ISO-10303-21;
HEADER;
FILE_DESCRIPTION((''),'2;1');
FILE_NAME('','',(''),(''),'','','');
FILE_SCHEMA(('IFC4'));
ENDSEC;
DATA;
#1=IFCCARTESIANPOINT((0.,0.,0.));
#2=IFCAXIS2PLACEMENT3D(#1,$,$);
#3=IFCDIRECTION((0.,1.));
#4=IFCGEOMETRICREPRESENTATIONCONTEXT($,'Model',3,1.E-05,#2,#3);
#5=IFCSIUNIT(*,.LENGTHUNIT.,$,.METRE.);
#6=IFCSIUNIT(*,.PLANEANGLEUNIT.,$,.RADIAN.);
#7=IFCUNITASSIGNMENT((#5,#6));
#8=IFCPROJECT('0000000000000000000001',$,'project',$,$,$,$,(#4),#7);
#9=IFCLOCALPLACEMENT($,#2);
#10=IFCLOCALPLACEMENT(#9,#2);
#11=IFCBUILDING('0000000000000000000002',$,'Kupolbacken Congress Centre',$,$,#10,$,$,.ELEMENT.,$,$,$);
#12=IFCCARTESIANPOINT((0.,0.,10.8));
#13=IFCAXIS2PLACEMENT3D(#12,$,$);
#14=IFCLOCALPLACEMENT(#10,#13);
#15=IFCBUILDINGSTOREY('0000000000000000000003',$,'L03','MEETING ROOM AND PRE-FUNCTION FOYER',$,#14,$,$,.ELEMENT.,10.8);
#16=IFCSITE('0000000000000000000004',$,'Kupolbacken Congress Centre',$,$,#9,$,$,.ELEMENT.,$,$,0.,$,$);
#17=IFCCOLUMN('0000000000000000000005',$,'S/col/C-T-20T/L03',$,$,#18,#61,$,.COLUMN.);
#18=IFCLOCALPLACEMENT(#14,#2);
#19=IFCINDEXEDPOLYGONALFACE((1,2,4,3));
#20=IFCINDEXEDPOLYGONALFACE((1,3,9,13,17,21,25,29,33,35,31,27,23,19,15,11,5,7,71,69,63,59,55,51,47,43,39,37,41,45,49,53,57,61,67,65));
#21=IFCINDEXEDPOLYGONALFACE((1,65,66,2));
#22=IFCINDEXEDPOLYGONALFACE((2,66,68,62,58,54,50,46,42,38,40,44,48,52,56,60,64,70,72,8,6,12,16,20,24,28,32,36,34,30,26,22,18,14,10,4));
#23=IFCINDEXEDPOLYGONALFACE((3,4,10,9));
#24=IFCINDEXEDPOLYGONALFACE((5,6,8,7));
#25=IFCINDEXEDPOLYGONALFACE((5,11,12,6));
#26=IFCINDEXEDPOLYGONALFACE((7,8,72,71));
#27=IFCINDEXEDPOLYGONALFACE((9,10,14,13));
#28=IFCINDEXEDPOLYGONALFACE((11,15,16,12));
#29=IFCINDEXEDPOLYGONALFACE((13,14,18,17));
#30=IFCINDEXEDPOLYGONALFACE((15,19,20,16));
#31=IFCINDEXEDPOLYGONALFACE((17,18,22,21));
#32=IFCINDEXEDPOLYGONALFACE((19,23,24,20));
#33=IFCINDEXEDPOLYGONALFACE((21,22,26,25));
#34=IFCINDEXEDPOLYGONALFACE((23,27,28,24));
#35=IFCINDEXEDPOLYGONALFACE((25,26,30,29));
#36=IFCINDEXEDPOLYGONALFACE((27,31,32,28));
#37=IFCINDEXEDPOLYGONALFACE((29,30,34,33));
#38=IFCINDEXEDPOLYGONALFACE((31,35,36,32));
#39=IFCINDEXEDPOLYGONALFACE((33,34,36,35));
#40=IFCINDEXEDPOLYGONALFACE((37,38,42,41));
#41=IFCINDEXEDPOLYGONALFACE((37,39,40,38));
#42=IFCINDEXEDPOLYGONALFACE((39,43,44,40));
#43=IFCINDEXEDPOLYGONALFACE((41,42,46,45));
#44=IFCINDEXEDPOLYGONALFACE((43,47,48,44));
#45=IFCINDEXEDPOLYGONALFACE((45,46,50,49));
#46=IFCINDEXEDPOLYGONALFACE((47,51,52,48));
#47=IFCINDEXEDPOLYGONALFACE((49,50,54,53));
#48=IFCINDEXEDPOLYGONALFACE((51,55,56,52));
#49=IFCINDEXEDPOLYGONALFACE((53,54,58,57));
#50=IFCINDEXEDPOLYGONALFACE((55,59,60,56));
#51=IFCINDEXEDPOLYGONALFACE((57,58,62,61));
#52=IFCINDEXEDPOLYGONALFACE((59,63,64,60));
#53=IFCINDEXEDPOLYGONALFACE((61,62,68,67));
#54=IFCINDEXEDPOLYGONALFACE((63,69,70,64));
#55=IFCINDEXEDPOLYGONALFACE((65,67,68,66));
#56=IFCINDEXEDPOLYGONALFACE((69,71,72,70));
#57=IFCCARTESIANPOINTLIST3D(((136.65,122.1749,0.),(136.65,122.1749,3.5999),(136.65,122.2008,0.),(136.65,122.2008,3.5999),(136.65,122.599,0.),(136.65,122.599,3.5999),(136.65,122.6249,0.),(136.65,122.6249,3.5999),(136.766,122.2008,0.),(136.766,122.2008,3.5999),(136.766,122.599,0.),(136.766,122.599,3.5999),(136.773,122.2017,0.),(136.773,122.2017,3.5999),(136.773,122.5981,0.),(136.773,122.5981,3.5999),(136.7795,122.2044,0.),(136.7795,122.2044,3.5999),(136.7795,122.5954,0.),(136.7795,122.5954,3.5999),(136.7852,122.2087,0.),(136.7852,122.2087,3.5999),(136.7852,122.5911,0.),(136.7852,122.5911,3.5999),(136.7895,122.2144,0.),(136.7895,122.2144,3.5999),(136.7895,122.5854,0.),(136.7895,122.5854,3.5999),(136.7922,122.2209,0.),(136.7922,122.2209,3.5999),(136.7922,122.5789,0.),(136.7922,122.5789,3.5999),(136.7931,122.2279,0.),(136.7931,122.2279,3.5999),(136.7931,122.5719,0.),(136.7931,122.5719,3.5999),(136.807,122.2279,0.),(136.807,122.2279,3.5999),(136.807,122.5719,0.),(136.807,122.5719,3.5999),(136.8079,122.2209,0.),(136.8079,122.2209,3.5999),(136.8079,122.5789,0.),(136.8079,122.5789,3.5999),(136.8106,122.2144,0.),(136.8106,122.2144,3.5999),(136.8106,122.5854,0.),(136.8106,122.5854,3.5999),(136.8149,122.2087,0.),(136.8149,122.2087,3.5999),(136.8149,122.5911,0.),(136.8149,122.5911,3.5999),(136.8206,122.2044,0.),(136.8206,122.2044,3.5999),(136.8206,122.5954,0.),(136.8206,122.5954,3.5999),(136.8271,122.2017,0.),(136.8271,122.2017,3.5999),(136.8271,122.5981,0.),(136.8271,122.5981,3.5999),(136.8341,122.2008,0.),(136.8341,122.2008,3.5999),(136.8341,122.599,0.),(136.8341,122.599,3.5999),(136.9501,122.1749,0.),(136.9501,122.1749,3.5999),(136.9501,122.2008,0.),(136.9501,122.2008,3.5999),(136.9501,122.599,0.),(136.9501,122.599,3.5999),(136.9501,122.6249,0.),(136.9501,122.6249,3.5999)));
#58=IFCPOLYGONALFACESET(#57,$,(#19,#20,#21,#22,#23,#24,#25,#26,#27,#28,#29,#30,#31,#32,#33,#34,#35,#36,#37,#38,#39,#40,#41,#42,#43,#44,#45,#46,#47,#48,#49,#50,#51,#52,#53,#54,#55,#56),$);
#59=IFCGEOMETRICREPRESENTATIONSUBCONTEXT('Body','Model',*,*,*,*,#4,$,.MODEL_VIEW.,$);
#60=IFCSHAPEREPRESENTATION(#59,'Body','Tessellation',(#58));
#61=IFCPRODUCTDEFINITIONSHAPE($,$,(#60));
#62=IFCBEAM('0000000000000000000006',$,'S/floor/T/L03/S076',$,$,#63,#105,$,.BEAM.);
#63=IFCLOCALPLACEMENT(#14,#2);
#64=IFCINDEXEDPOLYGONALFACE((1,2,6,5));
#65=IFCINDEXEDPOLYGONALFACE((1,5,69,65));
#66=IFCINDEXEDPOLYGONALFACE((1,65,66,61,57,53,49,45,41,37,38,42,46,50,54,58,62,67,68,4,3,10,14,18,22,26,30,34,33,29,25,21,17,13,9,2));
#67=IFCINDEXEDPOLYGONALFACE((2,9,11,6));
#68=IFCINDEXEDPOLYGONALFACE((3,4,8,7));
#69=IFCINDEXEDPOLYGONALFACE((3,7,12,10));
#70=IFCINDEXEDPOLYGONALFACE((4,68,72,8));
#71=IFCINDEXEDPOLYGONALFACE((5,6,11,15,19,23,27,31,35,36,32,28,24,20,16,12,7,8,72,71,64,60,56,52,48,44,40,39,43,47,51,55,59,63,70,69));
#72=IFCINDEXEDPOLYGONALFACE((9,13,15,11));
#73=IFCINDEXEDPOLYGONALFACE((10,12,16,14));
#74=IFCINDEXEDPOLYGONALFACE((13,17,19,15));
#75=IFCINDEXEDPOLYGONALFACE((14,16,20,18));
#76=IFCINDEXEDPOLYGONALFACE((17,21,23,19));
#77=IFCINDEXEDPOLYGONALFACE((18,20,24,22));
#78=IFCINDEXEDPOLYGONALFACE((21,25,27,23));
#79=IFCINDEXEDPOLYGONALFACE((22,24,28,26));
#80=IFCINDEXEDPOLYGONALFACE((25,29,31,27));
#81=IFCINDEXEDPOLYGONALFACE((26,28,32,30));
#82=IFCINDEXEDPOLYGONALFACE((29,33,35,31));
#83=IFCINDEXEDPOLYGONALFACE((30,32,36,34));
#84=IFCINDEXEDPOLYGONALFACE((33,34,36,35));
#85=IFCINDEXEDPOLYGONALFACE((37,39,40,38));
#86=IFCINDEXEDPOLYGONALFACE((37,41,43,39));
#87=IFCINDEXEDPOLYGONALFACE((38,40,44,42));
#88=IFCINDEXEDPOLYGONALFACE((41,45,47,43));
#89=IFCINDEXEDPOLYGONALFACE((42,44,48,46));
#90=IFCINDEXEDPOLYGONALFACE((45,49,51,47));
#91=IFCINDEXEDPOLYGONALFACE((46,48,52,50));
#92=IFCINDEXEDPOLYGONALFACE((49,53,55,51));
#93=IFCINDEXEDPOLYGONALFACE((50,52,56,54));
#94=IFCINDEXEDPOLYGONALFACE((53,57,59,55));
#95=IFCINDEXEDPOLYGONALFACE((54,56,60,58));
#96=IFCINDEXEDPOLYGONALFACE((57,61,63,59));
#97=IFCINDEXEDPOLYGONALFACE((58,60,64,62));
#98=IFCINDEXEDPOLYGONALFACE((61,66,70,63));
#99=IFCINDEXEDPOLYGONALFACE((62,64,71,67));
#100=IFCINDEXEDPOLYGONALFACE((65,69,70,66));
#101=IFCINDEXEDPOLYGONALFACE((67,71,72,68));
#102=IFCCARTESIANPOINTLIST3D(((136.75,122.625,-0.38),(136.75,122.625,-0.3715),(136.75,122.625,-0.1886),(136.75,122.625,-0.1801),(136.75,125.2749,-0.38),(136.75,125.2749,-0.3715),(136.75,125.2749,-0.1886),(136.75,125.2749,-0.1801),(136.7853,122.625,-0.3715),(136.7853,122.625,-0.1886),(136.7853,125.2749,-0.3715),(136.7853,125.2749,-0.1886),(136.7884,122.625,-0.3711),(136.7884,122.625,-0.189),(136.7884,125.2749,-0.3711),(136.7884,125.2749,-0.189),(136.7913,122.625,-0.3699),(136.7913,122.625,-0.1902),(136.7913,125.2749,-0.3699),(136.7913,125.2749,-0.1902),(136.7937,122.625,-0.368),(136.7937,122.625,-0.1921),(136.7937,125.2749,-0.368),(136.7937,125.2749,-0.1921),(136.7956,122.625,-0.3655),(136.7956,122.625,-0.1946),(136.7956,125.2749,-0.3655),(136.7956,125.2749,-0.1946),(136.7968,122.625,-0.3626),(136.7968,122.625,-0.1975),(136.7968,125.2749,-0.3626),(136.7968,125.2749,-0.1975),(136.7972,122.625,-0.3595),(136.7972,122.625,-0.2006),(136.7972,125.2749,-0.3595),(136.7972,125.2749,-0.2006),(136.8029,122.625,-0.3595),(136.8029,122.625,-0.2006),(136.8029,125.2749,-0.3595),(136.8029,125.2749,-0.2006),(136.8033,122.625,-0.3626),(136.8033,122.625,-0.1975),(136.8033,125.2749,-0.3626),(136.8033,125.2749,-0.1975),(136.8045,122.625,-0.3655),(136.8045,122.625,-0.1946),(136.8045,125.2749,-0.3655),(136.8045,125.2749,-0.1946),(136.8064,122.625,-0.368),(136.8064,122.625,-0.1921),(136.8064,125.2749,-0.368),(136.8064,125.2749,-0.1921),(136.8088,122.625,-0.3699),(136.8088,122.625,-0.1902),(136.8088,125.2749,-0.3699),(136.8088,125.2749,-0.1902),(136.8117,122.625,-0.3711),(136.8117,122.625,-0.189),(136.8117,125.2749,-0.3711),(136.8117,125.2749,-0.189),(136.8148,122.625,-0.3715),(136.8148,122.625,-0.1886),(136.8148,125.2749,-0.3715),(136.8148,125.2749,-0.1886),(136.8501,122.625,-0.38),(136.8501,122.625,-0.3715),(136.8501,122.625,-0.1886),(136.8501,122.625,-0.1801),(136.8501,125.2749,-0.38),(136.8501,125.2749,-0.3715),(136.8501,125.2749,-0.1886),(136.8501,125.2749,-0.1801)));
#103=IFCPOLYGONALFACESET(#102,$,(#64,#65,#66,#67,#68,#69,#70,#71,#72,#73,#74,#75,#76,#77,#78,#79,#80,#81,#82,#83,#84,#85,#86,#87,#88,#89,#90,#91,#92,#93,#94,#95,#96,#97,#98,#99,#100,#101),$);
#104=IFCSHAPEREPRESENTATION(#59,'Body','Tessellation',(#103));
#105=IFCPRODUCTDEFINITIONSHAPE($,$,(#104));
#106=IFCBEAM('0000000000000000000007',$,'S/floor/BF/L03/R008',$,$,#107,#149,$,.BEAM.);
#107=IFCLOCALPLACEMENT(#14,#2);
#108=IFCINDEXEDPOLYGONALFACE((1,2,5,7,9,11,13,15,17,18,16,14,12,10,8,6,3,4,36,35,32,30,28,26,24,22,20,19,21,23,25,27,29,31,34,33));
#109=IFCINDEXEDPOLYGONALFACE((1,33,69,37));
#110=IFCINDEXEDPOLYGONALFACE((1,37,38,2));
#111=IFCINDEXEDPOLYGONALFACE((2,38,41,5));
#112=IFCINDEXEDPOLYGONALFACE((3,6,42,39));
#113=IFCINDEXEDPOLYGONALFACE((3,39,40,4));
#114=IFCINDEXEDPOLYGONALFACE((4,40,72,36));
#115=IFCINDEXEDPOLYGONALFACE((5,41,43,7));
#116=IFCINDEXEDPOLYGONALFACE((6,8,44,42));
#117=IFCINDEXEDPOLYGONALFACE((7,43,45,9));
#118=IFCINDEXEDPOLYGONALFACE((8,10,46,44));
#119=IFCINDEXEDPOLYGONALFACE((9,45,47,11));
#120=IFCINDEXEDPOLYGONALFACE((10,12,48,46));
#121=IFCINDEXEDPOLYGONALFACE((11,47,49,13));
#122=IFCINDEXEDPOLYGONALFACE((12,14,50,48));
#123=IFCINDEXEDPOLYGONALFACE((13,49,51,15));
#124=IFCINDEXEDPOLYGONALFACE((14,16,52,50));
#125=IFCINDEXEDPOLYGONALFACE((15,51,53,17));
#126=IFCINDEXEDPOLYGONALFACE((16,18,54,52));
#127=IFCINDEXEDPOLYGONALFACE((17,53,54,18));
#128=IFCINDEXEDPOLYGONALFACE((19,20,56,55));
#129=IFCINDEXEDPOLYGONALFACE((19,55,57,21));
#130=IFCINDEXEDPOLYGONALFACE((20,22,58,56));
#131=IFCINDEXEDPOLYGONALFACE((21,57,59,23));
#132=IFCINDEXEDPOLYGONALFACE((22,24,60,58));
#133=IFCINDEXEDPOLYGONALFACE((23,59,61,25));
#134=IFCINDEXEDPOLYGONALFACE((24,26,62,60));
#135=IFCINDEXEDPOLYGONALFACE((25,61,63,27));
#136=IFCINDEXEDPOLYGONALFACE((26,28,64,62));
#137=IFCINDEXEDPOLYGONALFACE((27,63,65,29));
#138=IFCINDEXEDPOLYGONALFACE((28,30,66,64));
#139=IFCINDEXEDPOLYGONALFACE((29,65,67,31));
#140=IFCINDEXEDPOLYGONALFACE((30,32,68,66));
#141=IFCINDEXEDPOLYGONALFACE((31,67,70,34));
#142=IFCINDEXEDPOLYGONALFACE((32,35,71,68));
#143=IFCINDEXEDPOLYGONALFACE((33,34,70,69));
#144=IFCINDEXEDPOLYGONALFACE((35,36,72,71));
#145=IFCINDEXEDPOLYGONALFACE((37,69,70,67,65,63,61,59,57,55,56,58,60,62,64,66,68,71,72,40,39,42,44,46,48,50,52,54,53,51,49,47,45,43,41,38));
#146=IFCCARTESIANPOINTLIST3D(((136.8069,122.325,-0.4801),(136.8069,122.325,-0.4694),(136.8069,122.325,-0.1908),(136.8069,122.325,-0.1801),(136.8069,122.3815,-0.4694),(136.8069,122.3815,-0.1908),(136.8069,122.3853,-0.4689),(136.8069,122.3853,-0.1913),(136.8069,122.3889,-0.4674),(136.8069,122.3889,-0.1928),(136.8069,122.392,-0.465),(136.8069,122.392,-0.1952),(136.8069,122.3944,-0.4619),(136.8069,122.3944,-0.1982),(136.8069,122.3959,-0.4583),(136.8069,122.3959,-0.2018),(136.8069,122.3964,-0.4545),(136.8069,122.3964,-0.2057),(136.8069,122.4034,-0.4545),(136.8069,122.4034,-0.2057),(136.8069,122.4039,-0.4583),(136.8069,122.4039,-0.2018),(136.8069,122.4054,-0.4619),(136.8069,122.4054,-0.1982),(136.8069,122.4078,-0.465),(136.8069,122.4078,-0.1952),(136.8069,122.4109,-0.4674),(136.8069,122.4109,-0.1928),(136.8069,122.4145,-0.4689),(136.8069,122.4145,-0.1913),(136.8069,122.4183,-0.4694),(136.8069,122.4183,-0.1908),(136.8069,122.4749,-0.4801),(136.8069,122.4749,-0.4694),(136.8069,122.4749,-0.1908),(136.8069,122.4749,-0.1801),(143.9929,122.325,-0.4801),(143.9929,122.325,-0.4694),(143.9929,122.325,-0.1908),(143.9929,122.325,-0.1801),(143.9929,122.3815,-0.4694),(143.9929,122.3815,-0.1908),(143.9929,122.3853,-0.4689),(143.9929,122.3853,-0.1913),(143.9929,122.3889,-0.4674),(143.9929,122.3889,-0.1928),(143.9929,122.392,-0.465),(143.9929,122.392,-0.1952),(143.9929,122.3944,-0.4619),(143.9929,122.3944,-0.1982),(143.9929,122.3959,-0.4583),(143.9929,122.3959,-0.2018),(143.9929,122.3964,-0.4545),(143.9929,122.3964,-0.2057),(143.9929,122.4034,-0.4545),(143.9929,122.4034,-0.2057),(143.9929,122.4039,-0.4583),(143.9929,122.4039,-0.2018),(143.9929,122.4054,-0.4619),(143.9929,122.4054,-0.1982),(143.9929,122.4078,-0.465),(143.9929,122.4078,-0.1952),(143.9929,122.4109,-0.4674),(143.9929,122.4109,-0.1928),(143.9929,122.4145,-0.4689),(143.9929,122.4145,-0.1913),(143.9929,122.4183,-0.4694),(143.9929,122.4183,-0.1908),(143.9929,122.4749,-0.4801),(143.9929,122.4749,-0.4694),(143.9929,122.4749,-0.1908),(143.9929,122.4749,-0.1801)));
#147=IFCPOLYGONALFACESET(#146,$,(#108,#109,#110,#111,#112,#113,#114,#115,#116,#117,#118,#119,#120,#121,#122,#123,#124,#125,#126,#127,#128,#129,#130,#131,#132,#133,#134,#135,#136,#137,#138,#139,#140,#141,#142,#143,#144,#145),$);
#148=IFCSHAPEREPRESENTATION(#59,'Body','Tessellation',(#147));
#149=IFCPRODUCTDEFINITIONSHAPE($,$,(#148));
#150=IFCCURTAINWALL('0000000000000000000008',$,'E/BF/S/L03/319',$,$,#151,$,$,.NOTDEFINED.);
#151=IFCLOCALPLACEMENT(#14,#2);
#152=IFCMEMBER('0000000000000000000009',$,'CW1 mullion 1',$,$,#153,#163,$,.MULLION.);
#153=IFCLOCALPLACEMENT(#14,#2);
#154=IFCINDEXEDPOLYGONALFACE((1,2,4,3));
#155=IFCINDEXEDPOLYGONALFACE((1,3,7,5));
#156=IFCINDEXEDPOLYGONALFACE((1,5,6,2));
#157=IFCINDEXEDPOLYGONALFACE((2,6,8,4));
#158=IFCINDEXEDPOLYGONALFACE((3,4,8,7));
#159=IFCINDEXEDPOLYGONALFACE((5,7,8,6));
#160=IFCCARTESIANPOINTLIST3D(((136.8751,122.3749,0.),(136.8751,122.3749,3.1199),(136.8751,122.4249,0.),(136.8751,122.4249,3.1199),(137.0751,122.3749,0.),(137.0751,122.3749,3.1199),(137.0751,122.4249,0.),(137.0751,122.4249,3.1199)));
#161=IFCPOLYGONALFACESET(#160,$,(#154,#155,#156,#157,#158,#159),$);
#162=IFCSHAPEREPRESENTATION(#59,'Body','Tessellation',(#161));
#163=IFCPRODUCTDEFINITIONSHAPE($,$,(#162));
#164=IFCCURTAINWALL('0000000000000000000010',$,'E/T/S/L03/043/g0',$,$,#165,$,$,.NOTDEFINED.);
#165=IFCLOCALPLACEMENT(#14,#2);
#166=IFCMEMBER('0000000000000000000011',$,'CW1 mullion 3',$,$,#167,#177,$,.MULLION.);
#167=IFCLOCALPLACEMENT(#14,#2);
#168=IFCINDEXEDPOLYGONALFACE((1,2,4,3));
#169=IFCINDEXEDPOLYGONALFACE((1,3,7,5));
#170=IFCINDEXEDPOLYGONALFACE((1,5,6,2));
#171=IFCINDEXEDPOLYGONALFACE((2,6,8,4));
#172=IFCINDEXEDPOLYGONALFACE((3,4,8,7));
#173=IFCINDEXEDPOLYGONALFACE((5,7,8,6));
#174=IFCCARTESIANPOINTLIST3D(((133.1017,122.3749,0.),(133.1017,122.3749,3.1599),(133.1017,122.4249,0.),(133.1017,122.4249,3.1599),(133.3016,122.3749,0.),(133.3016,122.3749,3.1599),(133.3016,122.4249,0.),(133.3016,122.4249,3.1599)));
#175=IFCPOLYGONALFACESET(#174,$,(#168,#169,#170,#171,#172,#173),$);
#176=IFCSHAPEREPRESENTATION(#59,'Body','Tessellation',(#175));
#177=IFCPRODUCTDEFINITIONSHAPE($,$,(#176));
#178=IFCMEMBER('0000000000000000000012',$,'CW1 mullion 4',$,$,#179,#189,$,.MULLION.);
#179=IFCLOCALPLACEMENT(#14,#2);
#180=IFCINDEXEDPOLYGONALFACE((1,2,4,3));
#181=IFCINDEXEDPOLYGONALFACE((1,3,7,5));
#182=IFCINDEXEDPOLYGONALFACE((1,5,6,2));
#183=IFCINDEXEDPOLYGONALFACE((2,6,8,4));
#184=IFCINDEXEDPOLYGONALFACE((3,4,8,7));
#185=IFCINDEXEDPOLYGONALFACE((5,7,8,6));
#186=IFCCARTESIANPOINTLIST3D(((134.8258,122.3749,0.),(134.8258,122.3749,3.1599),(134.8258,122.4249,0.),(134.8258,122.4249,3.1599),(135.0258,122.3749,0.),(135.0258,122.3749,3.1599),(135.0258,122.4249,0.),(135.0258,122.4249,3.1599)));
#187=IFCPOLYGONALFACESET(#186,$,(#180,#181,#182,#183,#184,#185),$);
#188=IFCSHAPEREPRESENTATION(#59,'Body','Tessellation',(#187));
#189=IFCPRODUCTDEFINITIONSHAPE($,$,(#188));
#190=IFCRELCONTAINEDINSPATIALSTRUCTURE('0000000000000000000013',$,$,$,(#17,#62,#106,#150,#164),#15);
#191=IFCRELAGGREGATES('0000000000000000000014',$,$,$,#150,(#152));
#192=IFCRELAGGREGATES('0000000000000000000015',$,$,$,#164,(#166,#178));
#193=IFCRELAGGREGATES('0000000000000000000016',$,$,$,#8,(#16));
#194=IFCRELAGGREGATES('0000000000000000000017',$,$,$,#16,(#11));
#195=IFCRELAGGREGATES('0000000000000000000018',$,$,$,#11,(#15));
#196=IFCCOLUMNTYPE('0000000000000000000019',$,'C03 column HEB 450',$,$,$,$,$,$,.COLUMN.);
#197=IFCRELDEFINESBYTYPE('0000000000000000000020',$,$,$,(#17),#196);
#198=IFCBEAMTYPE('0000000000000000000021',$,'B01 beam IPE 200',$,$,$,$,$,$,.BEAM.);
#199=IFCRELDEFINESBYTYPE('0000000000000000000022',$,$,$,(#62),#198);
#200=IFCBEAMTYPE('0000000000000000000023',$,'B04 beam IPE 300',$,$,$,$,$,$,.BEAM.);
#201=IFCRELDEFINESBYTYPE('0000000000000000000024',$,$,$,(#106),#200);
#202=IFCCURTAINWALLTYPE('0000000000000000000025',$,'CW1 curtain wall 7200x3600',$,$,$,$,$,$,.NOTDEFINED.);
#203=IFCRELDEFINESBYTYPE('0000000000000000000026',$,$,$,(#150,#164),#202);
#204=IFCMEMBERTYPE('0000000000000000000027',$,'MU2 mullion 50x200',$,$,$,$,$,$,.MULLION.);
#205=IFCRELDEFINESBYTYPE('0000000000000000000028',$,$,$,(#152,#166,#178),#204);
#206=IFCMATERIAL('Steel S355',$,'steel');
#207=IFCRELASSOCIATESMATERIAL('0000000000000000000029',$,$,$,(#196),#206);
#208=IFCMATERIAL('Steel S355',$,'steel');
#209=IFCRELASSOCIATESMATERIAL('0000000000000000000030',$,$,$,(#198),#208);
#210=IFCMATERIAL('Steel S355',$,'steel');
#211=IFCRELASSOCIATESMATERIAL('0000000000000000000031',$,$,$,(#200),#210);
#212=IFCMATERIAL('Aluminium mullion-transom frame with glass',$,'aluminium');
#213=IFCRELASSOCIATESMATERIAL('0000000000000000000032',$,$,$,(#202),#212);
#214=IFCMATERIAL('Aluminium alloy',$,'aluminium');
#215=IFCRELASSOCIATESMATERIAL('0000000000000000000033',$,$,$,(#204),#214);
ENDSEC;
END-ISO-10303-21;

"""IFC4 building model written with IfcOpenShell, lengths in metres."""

from ifc_helpers import new_model, si_unit, direction, frame, origin, origin_2d, place, context, subcontext, project, spatial, rectangle, i_section, extrude, material, material_profile, profile_set, type_object, element, aggregate, save


model = new_model("IFC4")

# Units and contexts
model_context = context("Model", 3, precision=1e-05, world=origin(), true_north=direction((0.0, 1.0)))
body_context = subcontext(model_context, "Body", "Model", "MODEL_VIEW")
ifc_project = project(units=[si_unit("LENGTHUNIT", "METRE"), si_unit("PLANEANGLEUNIT", "RADIAN")], contexts=[model_context])

# Site, building, storey
site_placement = place(None, origin())
site = spatial("IfcSite", under=ifc_project, at=site_placement, Name="Kupolbacken Congress Centre", CompositionType="ELEMENT", RefElevation=0.0)
building_placement = place(site_placement, origin())
building = spatial("IfcBuilding", under=site, at=building_placement, Name="Kupolbacken Congress Centre", CompositionType="ELEMENT")
storey_placement = place(building_placement, frame((0.0, 0.0, 10.8)))
storey = spatial("IfcBuildingStorey", under=building, at=storey_placement, Name="L03", Description="MEETING ROOM AND PRE-FUNCTION FOYER", CompositionType="ELEMENT", Elevation=10.8)

# Column
ifc_material_1 = material(Name="Steel S355", Category="steel")
ifc_material_profile_1 = material_profile(ifc_material_1, i_section(OverallWidth=0.3, OverallDepth=0.45, WebThickness=0.0139, FlangeThickness=0.0259, FilletRadius=0.0271, at=origin_2d()), Name="HEB 450")
ifc_profile_set_1 = profile_set([ifc_material_profile_1], Name="Steel S355")
column_type = type_object("IfcColumnType", Name="C03 column HEB 450", PredefinedType="COLUMN", material=ifc_profile_set_1)
column_placement = place(storey_placement, frame((136.8, 122.3999, 0.0), z_axis=(0.0, 0.0, 1.0), x_axis=(1.0, 0.0, 0.0)))
element("IfcColumn", 1, at=column_placement, inside=storey, type_object=column_type, Name="S/col/C-T-20T/L03", PredefinedType="COLUMN", context=body_context, shape_type="SweptSolid", body=[
    extrude(i_section(OverallWidth=0.3, OverallDepth=0.45, WebThickness=0.0139, FlangeThickness=0.0259, FilletRadius=0.0271, at=origin_2d()), origin(), (0.0, 0.0, 1.0), 3.5999),
])

# Beams
ifc_material_2 = material(Name="Steel S355", Category="steel")
ifc_material_profile_2 = material_profile(ifc_material_2, i_section(OverallWidth=0.1001, OverallDepth=0.2, WebThickness=0.0056, FlangeThickness=0.0085, FilletRadius=0.012, at=origin_2d()), Name="IPE 200")
ifc_profile_set_2 = profile_set([ifc_material_profile_2], Name="Steel S355")
beam_type_1 = type_object("IfcBeamType", Name="B01 beam IPE 200", PredefinedType="BEAM", material=ifc_profile_set_2)
beam_1_placement = place(storey_placement, frame((136.8, 122.625, -0.28), z_axis=(0.0, 1.0, 0.0), x_axis=(-1.0, 0.0, 0.0)))
element("IfcBeam", 2, at=beam_1_placement, inside=storey, type_object=beam_type_1, Name="S/floor/T/L03/S076", PredefinedType="BEAM", context=body_context, shape_type="SweptSolid", body=[
    extrude(i_section(OverallWidth=0.1001, OverallDepth=0.2, WebThickness=0.0056, FlangeThickness=0.0085, FilletRadius=0.012, at=origin_2d()), origin(), (0.0, 0.0, 1.0), 2.6499),
])
ifc_material_3 = material(Name="Steel S355", Category="steel")
ifc_material_profile_3 = material_profile(ifc_material_3, i_section(OverallWidth=0.1499, OverallDepth=0.3, WebThickness=0.0071, FlangeThickness=0.0107, FilletRadius=0.0149, at=origin_2d()), Name="IPE 300")
ifc_profile_set_3 = profile_set([ifc_material_profile_3], Name="Steel S355")
beam_type_2 = type_object("IfcBeamType", Name="B04 beam IPE 300", PredefinedType="BEAM", material=ifc_profile_set_3)
beam_2_placement = place(storey_placement, frame((136.8069, 122.3999, -0.3301), z_axis=(1.0, 0.0, 0.0), x_axis=(0.0, 1.0, 0.0)))
element("IfcBeam", 3, at=beam_2_placement, inside=storey, type_object=beam_type_2, Name="S/floor/BF/L03/R008", PredefinedType="BEAM", context=body_context, shape_type="SweptSolid", body=[
    extrude(i_section(OverallWidth=0.1499, OverallDepth=0.3, WebThickness=0.0071, FlangeThickness=0.0107, FilletRadius=0.0149, at=origin_2d()), origin(), (0.0, 0.0, 1.0), 7.186),
])

# Curtain wall, member
ifc_material_4 = material(Name="Aluminium mullion-transom frame with glass", Category="aluminium")
curtain_wall_type = type_object("IfcCurtainWallType", Name="CW1 curtain wall 7200x3600", PredefinedType="NOTDEFINED", material=ifc_material_4)
curtain_wall_1_placement = place(storey_placement, origin())
curtain_wall_1 = element("IfcCurtainWall", 4, at=curtain_wall_1_placement, inside=storey, type_object=curtain_wall_type, Name="E/BF/S/L03/319", PredefinedType="NOTDEFINED")
ifc_material_5 = material(Name="Aluminium alloy", Category="aluminium")
ifc_material_profile_4 = material_profile(ifc_material_5, rectangle(XDim=0.05, YDim=0.2, at=origin_2d()), Name="50 x 200")
ifc_profile_set_4 = profile_set([ifc_material_profile_4], Name="Aluminium alloy")
member_type_1 = type_object("IfcMemberType", Name="MU2 mullion 50x200", PredefinedType="MULLION", material=ifc_profile_set_4)
member_1_placement = place(storey_placement, frame((136.9751, 122.3999, 0.0), z_axis=(0.0, 0.0, 1.0), x_axis=(0.0, 1.0, 0.0)))
member_1 = element("IfcMember", 5, at=member_1_placement, type_object=member_type_1, Name="CW1 mullion 1", PredefinedType="MULLION", context=body_context, shape_type="SweptSolid", body=[
    extrude(rectangle(XDim=0.05, YDim=0.2, at=origin_2d()), origin(), (0.0, 0.0, 1.0), 3.1199),
])
aggregate(curtain_wall_1, [member_1])

# Curtain wall, members
curtain_wall_2_placement = place(storey_placement, origin())
curtain_wall_2 = element("IfcCurtainWall", 6, at=curtain_wall_2_placement, inside=storey, type_object=curtain_wall_type, Name="E/T/S/L03/043/g0", PredefinedType="NOTDEFINED")
member_2_placement = place(storey_placement, frame((133.2017, 122.3999, 0.0), z_axis=(0.0, 0.0, 1.0), x_axis=(0.0, 1.0, 0.0)))
member_2 = element("IfcMember", 7, at=member_2_placement, type_object=member_type_1, Name="CW1 mullion 3", PredefinedType="MULLION", context=body_context, shape_type="SweptSolid", body=[
    extrude(rectangle(XDim=0.05, YDim=0.2, at=origin_2d()), origin(), (0.0, 0.0, 1.0), 3.1599),
])
member_3_placement = place(storey_placement, frame((134.9258, 122.3999, 0.0), z_axis=(0.0, 0.0, 1.0), x_axis=(0.0, 1.0, 0.0)))
member_3 = element("IfcMember", 8, at=member_3_placement, type_object=member_type_1, Name="CW1 mullion 4", PredefinedType="MULLION", context=body_context, shape_type="SweptSolid", body=[
    extrude(rectangle(XDim=0.05, YDim=0.2, at=origin_2d()), origin(), (0.0, 0.0, 1.0), 3.1599),
])
aggregate(curtain_wall_2, [member_2, member_3])

save(model, "model.ifc")
